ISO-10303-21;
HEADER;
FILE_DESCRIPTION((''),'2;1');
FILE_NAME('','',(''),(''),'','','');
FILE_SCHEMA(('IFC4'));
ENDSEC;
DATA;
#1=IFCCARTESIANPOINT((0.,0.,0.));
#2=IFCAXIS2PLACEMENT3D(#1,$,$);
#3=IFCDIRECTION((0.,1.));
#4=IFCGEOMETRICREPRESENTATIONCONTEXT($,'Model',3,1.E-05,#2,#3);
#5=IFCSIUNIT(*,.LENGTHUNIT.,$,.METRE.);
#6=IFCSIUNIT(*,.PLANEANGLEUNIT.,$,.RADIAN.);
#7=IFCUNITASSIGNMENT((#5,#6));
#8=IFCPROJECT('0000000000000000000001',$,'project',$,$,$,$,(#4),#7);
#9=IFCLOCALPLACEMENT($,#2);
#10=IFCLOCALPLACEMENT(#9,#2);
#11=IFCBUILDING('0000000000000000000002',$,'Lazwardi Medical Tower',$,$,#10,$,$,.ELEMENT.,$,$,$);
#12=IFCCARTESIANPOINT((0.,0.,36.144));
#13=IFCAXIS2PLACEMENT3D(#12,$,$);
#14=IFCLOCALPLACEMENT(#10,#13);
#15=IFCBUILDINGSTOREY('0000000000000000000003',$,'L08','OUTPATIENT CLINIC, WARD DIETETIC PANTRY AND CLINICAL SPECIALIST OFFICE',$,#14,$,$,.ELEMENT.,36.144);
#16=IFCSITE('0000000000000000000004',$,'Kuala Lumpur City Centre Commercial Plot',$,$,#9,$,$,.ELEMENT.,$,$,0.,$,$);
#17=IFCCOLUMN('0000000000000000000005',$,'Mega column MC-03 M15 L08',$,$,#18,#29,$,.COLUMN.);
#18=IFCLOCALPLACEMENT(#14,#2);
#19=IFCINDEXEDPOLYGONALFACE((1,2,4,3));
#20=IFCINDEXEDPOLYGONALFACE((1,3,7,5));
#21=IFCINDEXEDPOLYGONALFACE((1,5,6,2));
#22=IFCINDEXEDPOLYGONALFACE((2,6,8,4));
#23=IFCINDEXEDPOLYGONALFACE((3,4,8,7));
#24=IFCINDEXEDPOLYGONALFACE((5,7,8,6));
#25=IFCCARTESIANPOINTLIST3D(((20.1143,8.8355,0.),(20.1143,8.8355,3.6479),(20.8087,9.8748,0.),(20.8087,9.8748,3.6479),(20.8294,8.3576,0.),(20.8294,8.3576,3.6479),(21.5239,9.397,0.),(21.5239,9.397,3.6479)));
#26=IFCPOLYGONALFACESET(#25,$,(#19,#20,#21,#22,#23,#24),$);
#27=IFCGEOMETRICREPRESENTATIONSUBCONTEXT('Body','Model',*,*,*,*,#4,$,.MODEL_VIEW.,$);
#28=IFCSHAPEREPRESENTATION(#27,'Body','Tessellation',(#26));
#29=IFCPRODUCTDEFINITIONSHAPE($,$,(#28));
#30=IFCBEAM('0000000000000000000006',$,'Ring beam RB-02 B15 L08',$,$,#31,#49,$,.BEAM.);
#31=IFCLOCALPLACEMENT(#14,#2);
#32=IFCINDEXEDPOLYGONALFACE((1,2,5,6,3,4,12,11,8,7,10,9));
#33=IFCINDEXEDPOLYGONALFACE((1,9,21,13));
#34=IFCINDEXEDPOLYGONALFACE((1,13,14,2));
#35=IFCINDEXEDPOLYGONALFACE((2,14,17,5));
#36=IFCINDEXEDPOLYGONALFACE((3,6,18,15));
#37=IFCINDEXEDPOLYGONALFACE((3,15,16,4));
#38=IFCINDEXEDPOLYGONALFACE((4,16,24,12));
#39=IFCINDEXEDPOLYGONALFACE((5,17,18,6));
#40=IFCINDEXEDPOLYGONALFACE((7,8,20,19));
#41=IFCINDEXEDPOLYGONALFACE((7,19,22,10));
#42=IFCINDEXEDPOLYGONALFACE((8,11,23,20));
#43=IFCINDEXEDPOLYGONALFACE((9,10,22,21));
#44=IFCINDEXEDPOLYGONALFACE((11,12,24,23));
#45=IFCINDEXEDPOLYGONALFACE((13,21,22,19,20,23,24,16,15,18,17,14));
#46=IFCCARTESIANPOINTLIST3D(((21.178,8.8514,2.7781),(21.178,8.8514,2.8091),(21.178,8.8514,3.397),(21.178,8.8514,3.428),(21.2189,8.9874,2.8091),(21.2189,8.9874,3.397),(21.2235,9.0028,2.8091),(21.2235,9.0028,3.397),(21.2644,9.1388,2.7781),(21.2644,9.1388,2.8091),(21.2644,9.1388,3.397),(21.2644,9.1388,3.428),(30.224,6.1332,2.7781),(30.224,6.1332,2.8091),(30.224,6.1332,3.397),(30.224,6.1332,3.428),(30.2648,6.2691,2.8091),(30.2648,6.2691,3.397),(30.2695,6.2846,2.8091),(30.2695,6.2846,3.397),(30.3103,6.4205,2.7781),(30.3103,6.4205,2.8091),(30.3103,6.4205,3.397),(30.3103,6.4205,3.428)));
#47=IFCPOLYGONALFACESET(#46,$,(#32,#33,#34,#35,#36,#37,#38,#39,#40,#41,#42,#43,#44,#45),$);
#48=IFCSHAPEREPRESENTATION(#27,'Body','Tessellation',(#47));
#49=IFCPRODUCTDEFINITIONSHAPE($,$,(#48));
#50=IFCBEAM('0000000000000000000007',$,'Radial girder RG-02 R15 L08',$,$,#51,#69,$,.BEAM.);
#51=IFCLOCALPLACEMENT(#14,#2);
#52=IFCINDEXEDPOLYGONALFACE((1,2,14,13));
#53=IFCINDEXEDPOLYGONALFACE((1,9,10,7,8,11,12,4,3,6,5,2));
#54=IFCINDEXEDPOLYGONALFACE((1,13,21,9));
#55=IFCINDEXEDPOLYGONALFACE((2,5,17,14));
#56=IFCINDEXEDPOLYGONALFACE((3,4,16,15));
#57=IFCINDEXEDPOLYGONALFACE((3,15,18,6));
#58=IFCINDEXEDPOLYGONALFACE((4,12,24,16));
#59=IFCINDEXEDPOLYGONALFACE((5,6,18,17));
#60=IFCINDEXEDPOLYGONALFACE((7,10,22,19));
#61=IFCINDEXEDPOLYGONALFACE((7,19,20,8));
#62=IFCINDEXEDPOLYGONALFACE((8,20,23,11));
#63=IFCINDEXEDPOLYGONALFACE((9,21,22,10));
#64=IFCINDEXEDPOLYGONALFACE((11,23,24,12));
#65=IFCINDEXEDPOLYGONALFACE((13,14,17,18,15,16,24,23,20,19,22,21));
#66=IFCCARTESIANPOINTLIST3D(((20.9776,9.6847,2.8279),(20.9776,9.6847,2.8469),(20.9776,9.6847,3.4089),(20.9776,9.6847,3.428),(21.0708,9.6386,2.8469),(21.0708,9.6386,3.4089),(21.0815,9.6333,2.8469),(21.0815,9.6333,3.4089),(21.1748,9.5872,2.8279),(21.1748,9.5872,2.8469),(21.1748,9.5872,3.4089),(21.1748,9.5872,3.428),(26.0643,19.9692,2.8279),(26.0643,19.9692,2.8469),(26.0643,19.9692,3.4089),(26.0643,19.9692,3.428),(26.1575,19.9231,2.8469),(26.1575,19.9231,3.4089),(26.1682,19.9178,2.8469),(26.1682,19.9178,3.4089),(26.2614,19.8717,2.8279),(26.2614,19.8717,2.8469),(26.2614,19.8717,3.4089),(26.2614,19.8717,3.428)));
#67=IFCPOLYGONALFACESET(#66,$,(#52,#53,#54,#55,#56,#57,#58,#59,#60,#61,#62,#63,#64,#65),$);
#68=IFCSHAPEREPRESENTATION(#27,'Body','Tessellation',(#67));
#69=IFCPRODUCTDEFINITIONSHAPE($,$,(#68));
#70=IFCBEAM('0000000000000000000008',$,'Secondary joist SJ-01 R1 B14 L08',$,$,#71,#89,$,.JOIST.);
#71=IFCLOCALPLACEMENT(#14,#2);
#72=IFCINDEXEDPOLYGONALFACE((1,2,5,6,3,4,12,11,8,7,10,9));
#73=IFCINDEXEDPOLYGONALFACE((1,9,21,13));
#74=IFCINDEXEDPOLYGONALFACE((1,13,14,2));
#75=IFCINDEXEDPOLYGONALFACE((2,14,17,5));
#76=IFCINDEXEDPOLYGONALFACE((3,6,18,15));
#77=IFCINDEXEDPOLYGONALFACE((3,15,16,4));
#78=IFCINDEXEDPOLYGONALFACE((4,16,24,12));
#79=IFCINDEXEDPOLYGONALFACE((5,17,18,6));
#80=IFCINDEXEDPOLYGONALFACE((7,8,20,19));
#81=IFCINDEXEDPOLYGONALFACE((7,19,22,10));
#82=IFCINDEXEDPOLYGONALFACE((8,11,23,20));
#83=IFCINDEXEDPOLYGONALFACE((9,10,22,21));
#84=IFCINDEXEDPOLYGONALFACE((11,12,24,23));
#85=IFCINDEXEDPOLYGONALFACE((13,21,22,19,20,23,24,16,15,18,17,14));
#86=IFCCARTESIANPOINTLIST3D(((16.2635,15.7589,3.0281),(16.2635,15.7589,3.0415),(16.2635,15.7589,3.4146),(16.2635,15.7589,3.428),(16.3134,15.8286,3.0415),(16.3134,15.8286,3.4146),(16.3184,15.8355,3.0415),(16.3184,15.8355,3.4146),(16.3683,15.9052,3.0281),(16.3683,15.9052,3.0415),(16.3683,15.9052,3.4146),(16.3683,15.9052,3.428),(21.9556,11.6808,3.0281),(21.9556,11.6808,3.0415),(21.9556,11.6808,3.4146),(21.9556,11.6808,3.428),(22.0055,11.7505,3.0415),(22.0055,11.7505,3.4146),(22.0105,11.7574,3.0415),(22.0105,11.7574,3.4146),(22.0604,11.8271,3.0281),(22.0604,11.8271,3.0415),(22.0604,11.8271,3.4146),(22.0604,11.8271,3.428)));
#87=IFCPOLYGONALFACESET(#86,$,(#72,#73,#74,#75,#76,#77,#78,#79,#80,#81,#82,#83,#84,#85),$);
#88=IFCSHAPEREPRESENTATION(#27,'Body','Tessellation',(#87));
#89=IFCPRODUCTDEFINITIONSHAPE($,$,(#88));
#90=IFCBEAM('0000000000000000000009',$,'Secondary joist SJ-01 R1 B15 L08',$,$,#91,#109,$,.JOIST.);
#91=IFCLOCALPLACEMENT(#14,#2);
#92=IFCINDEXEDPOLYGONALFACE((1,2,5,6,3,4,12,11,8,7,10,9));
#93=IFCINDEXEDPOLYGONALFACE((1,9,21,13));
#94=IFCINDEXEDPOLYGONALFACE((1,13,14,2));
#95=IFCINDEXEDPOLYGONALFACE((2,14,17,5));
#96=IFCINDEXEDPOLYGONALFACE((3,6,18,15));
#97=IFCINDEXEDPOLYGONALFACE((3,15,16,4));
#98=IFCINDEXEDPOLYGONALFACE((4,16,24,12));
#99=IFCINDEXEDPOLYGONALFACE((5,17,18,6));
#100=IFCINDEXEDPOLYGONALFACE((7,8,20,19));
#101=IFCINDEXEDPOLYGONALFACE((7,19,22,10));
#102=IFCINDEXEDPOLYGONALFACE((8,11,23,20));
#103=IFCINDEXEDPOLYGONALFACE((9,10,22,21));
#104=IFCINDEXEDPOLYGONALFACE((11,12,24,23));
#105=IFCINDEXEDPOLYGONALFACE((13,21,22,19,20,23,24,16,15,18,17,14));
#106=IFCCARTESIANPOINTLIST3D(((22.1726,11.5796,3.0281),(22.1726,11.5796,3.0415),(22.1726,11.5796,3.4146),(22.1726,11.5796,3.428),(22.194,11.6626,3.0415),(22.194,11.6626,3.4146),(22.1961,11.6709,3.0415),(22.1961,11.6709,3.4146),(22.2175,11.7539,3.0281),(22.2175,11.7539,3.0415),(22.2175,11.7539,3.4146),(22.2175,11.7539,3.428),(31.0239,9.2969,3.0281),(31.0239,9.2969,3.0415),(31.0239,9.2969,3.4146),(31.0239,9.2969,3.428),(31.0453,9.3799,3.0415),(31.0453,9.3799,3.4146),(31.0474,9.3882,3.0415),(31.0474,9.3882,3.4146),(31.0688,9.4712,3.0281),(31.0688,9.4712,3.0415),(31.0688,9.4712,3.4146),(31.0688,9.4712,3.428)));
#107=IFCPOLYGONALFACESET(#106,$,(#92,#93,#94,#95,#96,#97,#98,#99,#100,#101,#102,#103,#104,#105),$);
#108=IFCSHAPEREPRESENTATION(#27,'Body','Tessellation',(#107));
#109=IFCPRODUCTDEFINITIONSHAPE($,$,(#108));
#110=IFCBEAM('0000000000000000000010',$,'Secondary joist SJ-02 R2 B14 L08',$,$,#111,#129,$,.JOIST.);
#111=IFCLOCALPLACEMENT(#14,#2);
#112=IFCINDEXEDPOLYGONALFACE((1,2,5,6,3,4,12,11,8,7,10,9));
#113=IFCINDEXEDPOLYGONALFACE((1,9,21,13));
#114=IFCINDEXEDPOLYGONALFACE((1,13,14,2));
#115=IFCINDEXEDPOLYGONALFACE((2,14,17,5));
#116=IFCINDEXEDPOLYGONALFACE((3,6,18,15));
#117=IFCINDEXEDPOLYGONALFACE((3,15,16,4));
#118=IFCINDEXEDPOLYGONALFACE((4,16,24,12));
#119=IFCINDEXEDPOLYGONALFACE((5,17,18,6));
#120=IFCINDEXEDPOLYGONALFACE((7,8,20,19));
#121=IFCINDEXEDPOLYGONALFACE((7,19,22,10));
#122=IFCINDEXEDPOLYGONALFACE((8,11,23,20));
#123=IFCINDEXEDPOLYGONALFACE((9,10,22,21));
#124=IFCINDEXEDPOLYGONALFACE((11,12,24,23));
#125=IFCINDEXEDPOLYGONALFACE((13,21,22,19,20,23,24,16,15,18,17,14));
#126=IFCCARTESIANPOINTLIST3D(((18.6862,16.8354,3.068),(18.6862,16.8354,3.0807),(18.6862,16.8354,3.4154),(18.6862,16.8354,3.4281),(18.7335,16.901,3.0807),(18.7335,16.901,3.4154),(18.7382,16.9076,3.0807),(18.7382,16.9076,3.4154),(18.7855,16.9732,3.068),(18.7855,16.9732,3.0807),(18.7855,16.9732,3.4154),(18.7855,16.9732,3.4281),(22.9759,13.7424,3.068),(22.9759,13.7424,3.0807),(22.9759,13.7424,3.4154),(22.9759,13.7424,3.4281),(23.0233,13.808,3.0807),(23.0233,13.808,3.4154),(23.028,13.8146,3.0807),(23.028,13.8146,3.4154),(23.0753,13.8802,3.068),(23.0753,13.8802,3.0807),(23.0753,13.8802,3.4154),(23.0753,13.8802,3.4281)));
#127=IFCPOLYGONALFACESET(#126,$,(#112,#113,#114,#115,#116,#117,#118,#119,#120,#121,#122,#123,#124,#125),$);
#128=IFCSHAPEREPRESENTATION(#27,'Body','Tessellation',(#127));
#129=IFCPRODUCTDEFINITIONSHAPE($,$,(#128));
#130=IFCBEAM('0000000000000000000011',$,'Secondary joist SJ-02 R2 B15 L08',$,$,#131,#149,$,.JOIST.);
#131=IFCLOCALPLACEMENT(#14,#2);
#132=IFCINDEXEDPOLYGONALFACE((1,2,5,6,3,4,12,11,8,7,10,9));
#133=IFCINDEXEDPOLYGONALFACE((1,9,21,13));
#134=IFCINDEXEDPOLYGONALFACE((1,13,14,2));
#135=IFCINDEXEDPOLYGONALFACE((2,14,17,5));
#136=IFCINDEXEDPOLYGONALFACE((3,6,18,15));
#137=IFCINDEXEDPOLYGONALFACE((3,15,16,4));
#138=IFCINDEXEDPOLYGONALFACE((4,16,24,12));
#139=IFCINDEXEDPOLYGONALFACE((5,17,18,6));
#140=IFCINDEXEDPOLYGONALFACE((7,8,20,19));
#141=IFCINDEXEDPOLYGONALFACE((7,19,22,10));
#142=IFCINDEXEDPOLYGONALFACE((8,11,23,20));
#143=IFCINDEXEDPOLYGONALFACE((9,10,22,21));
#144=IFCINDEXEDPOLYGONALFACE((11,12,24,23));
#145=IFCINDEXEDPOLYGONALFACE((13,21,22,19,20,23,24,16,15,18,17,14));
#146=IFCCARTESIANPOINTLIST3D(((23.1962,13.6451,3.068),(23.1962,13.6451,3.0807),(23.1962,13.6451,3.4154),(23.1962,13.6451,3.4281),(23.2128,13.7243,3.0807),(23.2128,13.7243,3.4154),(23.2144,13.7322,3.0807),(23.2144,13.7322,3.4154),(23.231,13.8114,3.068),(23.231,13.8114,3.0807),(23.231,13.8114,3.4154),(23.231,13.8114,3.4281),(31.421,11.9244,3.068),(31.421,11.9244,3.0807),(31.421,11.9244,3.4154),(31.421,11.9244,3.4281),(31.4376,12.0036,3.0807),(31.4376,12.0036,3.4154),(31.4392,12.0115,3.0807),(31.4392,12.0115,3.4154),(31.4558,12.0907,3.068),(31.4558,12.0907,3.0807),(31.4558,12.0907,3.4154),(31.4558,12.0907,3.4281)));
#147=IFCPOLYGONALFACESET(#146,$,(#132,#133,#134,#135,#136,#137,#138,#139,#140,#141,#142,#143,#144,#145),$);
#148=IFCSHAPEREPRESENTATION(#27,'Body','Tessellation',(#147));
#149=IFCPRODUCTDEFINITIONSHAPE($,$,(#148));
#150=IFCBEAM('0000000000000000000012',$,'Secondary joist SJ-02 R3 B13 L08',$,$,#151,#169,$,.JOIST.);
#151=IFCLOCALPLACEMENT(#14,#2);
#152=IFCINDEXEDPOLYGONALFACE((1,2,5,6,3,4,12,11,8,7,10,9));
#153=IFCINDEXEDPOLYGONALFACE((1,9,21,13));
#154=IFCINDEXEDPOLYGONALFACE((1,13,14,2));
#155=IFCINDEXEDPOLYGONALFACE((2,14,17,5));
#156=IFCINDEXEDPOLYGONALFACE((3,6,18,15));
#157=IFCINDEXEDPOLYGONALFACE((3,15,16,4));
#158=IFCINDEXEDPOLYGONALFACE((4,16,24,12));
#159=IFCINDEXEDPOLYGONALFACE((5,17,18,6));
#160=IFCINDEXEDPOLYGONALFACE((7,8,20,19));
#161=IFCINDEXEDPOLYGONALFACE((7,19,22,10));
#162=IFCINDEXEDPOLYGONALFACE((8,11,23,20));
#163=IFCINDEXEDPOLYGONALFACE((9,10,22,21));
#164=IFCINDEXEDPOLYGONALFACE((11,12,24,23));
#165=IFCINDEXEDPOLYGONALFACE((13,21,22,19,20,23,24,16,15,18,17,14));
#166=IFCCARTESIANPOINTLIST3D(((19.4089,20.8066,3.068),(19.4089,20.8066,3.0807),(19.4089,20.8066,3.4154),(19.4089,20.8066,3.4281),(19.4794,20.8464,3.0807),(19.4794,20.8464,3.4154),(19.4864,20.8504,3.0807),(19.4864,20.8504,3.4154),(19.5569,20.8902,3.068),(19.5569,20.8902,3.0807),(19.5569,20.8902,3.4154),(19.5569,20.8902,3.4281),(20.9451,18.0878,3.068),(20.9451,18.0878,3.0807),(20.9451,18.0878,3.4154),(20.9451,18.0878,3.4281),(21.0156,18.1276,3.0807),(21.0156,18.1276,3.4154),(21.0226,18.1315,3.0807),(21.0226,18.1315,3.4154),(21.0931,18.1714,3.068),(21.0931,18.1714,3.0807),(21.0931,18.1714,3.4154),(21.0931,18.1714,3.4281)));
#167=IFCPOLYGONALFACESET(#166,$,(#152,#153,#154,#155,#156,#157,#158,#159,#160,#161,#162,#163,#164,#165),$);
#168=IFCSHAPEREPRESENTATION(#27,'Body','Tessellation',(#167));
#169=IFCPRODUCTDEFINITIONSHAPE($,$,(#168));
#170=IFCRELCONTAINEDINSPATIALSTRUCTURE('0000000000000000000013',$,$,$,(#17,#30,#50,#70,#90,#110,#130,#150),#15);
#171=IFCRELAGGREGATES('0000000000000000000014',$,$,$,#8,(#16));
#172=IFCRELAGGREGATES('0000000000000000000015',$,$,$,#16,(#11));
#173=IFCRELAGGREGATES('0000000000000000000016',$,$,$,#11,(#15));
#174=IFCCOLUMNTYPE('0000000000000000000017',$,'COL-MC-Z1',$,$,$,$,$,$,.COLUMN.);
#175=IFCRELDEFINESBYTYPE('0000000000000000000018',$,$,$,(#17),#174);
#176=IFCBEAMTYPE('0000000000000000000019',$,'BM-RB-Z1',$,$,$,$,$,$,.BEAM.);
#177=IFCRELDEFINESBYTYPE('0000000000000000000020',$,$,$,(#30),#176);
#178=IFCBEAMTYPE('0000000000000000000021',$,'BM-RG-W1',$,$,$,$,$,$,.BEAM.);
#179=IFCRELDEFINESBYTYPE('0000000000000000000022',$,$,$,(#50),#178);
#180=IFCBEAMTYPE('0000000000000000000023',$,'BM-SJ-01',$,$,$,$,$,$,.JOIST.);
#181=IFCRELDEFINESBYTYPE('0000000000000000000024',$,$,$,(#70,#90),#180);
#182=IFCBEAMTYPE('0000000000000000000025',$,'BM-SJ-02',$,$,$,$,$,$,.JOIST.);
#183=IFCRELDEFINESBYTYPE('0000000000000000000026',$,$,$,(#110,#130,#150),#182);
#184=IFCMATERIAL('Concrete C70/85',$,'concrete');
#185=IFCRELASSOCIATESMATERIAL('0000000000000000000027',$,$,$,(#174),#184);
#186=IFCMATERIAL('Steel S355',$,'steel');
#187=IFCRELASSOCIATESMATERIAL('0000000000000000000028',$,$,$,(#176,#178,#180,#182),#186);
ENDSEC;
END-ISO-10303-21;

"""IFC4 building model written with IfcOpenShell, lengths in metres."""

from ifc_helpers import new_model, si_unit, direction, frame, origin, origin_2d, place, context, subcontext, project, spatial, rectangle, i_section, extrude, material, material_profile, profile_set, type_object, element, save


model = new_model("IFC4")

# Units and contexts
model_context = context("Model", 3, precision=1e-05, world=origin(), true_north=direction((0.0, 1.0)))
body_context = subcontext(model_context, "Body", "Model", "MODEL_VIEW")
ifc_project = project(units=[si_unit("LENGTHUNIT", "METRE"), si_unit("PLANEANGLEUNIT", "RADIAN")], contexts=[model_context])

# Site, building, storey
site_placement = place(None, origin())
site = spatial("IfcSite", under=ifc_project, at=site_placement, Name="Kuala Lumpur City Centre Commercial Plot", CompositionType="ELEMENT", RefElevation=0.0)
building_placement = place(site_placement, origin())
building = spatial("IfcBuilding", under=site, at=building_placement, Name="Lazwardi Medical Tower", CompositionType="ELEMENT")
storey_placement = place(building_placement, frame((0.0, 0.0, 36.144)))
storey = spatial("IfcBuildingStorey", under=building, at=storey_placement, Name="L08", Description="OUTPATIENT CLINIC, WARD DIETETIC PANTRY AND CLINICAL SPECIALIST OFFICE", CompositionType="ELEMENT", Elevation=36.144)

# Column
ifc_material_1 = material(Name="Concrete C70/85", Category="concrete")
ifc_material_profile_1 = material_profile(ifc_material_1, rectangle(XDim=1.25, YDim=0.8601, at=origin_2d()), Name="CFT-RECT 1250x860")
ifc_profile_set_1 = profile_set([ifc_material_profile_1], Name="Concrete C70/85")
column_type = type_object("IfcColumnType", Name="COL-MC-Z1", PredefinedType="COLUMN", material=ifc_profile_set_1)
column_placement = place(storey_placement, frame((20.8191, 9.1162, 0.0), z_axis=(0.0, 0.0, 1.0), x_axis=(-0.55557, -0.83147, 0.0)))
element("IfcColumn", 1, at=column_placement, inside=storey, type_object=column_type, Name="Mega column MC-03 M15 L08", PredefinedType="COLUMN", context=body_context, shape_type="SweptSolid", body=[
    extrude(rectangle(XDim=1.25, YDim=0.8601, at=origin_2d()), origin(), (0.0, 0.0, 1.0), 3.6479),
])

# Beams
ifc_material_2 = material(Name="Steel S355", Category="steel")
ifc_material_profile_2 = material_profile(ifc_material_2, i_section(OverallWidth=0.3, OverallDepth=0.6499, WebThickness=0.0161, FlangeThickness=0.031, at=origin_2d()), Name="HEB 650")
ifc_profile_set_2 = profile_set([ifc_material_profile_2], Name="Steel S355")
beam_type_1 = type_object("IfcBeamType", Name="BM-RB-Z1", PredefinedType="BEAM", material=ifc_profile_set_2)
beam_1_placement = place(storey_placement, frame((21.2212, 8.9951, 3.103), z_axis=(0.957695, -0.287784, 0.0), x_axis=(0.287784, 0.957695, 0.0)))
element("IfcBeam", 2, at=beam_1_placement, inside=storey, type_object=beam_type_1, Name="Ring beam RB-02 B15 L08", PredefinedType="BEAM", context=body_context, shape_type="SweptSolid", body=[
    extrude(i_section(OverallWidth=0.3, OverallDepth=0.6499, WebThickness=0.0161, FlangeThickness=0.031, at=origin_2d()), origin(), (0.0, 0.0, 1.0), 9.4456),
])
ifc_material_profile_3 = material_profile(ifc_material_2, i_section(OverallWidth=0.22, OverallDepth=0.6001, WebThickness=0.012, FlangeThickness=0.019, at=origin_2d()), Name="IPE 600")
ifc_profile_set_3 = profile_set([ifc_material_profile_3], Name="Steel S355")
beam_type_2 = type_object("IfcBeamType", Name="BM-RG-W1", PredefinedType="BEAM", material=ifc_profile_set_3)
beam_2_placement = place(storey_placement, frame((21.0762, 9.636, 3.1279), z_axis=(0.443337, 0.896355, 0.0), x_axis=(-0.896355, 0.443337, 0.0)))
element("IfcBeam", 3, at=beam_2_placement, inside=storey, type_object=beam_type_2, Name="Radial girder RG-02 R15 L08", PredefinedType="BEAM", context=body_context, shape_type="SweptSolid", body=[
    extrude(i_section(OverallWidth=0.22, OverallDepth=0.6001, WebThickness=0.012, FlangeThickness=0.019, at=origin_2d()), origin(), (0.0, 0.0, 1.0), 11.4736),
])
ifc_material_profile_4 = material_profile(ifc_material_2, i_section(OverallWidth=0.1799, OverallDepth=0.3999, WebThickness=0.0085, FlangeThickness=0.0134, at=origin_2d()), Name="IPE 400")
ifc_profile_set_4 = profile_set([ifc_material_profile_4], Name="Steel S355")
beam_type_3 = type_object("IfcBeamType", Name="BM-SJ-01", PredefinedType="JOIST", material=ifc_profile_set_4)
beam_3_placement = place(storey_placement, frame((16.3159, 15.832, 3.228), z_axis=(0.812901, -0.582402, 0.0), x_axis=(0.582402, 0.812901, 0.0)))
element("IfcBeam", 4, at=beam_3_placement, inside=storey, type_object=beam_type_3, Name="Secondary joist SJ-01 R1 B14 L08", PredefinedType="JOIST", context=body_context, shape_type="SweptSolid", body=[
    extrude(i_section(OverallWidth=0.1799, OverallDepth=0.3999, WebThickness=0.0085, FlangeThickness=0.0134, at=origin_2d()), origin(), (0.0, 0.0, 1.0), 7.0022),
])
beam_4_placement = place(storey_placement, frame((22.1951, 11.6667, 3.228), z_axis=(0.968317, -0.249725, 0.0), x_axis=(0.249725, 0.968317, 0.0)))
element("IfcBeam", 5, at=beam_4_placement, inside=storey, type_object=beam_type_3, Name="Secondary joist SJ-01 R1 B15 L08", PredefinedType="JOIST", context=body_context, shape_type="SweptSolid", body=[
    extrude(i_section(OverallWidth=0.1799, OverallDepth=0.3999, WebThickness=0.0085, FlangeThickness=0.0134, at=origin_2d()), origin(), (0.0, 0.0, 1.0), 9.1409),
])
ifc_material_profile_5 = material_profile(ifc_material_2, i_section(OverallWidth=0.1699, OverallDepth=0.3601, WebThickness=0.0081, FlangeThickness=0.0127, at=origin_2d()), Name="IPE 360")
ifc_profile_set_5 = profile_set([ifc_material_profile_5], Name="Steel S355")
beam_type_4 = type_object("IfcBeamType", Name="BM-SJ-02", PredefinedType="JOIST", material=ifc_profile_set_5)
beam_5_placement = place(storey_placement, frame((18.7358, 16.9043, 3.248), z_axis=(0.811143, -0.584848, 0.0), x_axis=(0.584848, 0.811143, 0.0)))
element("IfcBeam", 6, at=beam_5_placement, inside=storey, type_object=beam_type_4, Name="Secondary joist SJ-02 R2 B14 L08", PredefinedType="JOIST", context=body_context, shape_type="SweptSolid", body=[
    extrude(i_section(OverallWidth=0.1699, OverallDepth=0.3601, WebThickness=0.0081, FlangeThickness=0.0127, at=origin_2d()), origin(), (0.0, 0.0, 1.0), 5.2886),
])
beam_6_placement = place(storey_placement, frame((23.2136, 13.7283, 3.248), z_axis=(0.978809, -0.204774, 0.0), x_axis=(0.204774, 0.978809, 0.0)))
element("IfcBeam", 7, at=beam_6_placement, inside=storey, type_object=beam_type_4, Name="Secondary joist SJ-02 R2 B15 L08", PredefinedType="JOIST", context=body_context, shape_type="SweptSolid", body=[
    extrude(i_section(OverallWidth=0.1699, OverallDepth=0.3601, WebThickness=0.0081, FlangeThickness=0.0127, at=origin_2d()), origin(), (0.0, 0.0, 1.0), 8.4028),
])
beam_7_placement = place(storey_placement, frame((19.4829, 20.8484, 3.248), z_axis=(0.491923, -0.870639, 0.0), x_axis=(0.870639, 0.491923, 0.0)))
element("IfcBeam", 8, at=beam_7_placement, inside=storey, type_object=beam_type_4, Name="Secondary joist SJ-02 R3 B13 L08", PredefinedType="JOIST", context=body_context, shape_type="SweptSolid", body=[
    extrude(i_section(OverallWidth=0.1699, OverallDepth=0.3601, WebThickness=0.0081, FlangeThickness=0.0127, at=origin_2d()), origin(), (0.0, 0.0, 1.0), 3.1228),
])

save(model, "model.ifc")
